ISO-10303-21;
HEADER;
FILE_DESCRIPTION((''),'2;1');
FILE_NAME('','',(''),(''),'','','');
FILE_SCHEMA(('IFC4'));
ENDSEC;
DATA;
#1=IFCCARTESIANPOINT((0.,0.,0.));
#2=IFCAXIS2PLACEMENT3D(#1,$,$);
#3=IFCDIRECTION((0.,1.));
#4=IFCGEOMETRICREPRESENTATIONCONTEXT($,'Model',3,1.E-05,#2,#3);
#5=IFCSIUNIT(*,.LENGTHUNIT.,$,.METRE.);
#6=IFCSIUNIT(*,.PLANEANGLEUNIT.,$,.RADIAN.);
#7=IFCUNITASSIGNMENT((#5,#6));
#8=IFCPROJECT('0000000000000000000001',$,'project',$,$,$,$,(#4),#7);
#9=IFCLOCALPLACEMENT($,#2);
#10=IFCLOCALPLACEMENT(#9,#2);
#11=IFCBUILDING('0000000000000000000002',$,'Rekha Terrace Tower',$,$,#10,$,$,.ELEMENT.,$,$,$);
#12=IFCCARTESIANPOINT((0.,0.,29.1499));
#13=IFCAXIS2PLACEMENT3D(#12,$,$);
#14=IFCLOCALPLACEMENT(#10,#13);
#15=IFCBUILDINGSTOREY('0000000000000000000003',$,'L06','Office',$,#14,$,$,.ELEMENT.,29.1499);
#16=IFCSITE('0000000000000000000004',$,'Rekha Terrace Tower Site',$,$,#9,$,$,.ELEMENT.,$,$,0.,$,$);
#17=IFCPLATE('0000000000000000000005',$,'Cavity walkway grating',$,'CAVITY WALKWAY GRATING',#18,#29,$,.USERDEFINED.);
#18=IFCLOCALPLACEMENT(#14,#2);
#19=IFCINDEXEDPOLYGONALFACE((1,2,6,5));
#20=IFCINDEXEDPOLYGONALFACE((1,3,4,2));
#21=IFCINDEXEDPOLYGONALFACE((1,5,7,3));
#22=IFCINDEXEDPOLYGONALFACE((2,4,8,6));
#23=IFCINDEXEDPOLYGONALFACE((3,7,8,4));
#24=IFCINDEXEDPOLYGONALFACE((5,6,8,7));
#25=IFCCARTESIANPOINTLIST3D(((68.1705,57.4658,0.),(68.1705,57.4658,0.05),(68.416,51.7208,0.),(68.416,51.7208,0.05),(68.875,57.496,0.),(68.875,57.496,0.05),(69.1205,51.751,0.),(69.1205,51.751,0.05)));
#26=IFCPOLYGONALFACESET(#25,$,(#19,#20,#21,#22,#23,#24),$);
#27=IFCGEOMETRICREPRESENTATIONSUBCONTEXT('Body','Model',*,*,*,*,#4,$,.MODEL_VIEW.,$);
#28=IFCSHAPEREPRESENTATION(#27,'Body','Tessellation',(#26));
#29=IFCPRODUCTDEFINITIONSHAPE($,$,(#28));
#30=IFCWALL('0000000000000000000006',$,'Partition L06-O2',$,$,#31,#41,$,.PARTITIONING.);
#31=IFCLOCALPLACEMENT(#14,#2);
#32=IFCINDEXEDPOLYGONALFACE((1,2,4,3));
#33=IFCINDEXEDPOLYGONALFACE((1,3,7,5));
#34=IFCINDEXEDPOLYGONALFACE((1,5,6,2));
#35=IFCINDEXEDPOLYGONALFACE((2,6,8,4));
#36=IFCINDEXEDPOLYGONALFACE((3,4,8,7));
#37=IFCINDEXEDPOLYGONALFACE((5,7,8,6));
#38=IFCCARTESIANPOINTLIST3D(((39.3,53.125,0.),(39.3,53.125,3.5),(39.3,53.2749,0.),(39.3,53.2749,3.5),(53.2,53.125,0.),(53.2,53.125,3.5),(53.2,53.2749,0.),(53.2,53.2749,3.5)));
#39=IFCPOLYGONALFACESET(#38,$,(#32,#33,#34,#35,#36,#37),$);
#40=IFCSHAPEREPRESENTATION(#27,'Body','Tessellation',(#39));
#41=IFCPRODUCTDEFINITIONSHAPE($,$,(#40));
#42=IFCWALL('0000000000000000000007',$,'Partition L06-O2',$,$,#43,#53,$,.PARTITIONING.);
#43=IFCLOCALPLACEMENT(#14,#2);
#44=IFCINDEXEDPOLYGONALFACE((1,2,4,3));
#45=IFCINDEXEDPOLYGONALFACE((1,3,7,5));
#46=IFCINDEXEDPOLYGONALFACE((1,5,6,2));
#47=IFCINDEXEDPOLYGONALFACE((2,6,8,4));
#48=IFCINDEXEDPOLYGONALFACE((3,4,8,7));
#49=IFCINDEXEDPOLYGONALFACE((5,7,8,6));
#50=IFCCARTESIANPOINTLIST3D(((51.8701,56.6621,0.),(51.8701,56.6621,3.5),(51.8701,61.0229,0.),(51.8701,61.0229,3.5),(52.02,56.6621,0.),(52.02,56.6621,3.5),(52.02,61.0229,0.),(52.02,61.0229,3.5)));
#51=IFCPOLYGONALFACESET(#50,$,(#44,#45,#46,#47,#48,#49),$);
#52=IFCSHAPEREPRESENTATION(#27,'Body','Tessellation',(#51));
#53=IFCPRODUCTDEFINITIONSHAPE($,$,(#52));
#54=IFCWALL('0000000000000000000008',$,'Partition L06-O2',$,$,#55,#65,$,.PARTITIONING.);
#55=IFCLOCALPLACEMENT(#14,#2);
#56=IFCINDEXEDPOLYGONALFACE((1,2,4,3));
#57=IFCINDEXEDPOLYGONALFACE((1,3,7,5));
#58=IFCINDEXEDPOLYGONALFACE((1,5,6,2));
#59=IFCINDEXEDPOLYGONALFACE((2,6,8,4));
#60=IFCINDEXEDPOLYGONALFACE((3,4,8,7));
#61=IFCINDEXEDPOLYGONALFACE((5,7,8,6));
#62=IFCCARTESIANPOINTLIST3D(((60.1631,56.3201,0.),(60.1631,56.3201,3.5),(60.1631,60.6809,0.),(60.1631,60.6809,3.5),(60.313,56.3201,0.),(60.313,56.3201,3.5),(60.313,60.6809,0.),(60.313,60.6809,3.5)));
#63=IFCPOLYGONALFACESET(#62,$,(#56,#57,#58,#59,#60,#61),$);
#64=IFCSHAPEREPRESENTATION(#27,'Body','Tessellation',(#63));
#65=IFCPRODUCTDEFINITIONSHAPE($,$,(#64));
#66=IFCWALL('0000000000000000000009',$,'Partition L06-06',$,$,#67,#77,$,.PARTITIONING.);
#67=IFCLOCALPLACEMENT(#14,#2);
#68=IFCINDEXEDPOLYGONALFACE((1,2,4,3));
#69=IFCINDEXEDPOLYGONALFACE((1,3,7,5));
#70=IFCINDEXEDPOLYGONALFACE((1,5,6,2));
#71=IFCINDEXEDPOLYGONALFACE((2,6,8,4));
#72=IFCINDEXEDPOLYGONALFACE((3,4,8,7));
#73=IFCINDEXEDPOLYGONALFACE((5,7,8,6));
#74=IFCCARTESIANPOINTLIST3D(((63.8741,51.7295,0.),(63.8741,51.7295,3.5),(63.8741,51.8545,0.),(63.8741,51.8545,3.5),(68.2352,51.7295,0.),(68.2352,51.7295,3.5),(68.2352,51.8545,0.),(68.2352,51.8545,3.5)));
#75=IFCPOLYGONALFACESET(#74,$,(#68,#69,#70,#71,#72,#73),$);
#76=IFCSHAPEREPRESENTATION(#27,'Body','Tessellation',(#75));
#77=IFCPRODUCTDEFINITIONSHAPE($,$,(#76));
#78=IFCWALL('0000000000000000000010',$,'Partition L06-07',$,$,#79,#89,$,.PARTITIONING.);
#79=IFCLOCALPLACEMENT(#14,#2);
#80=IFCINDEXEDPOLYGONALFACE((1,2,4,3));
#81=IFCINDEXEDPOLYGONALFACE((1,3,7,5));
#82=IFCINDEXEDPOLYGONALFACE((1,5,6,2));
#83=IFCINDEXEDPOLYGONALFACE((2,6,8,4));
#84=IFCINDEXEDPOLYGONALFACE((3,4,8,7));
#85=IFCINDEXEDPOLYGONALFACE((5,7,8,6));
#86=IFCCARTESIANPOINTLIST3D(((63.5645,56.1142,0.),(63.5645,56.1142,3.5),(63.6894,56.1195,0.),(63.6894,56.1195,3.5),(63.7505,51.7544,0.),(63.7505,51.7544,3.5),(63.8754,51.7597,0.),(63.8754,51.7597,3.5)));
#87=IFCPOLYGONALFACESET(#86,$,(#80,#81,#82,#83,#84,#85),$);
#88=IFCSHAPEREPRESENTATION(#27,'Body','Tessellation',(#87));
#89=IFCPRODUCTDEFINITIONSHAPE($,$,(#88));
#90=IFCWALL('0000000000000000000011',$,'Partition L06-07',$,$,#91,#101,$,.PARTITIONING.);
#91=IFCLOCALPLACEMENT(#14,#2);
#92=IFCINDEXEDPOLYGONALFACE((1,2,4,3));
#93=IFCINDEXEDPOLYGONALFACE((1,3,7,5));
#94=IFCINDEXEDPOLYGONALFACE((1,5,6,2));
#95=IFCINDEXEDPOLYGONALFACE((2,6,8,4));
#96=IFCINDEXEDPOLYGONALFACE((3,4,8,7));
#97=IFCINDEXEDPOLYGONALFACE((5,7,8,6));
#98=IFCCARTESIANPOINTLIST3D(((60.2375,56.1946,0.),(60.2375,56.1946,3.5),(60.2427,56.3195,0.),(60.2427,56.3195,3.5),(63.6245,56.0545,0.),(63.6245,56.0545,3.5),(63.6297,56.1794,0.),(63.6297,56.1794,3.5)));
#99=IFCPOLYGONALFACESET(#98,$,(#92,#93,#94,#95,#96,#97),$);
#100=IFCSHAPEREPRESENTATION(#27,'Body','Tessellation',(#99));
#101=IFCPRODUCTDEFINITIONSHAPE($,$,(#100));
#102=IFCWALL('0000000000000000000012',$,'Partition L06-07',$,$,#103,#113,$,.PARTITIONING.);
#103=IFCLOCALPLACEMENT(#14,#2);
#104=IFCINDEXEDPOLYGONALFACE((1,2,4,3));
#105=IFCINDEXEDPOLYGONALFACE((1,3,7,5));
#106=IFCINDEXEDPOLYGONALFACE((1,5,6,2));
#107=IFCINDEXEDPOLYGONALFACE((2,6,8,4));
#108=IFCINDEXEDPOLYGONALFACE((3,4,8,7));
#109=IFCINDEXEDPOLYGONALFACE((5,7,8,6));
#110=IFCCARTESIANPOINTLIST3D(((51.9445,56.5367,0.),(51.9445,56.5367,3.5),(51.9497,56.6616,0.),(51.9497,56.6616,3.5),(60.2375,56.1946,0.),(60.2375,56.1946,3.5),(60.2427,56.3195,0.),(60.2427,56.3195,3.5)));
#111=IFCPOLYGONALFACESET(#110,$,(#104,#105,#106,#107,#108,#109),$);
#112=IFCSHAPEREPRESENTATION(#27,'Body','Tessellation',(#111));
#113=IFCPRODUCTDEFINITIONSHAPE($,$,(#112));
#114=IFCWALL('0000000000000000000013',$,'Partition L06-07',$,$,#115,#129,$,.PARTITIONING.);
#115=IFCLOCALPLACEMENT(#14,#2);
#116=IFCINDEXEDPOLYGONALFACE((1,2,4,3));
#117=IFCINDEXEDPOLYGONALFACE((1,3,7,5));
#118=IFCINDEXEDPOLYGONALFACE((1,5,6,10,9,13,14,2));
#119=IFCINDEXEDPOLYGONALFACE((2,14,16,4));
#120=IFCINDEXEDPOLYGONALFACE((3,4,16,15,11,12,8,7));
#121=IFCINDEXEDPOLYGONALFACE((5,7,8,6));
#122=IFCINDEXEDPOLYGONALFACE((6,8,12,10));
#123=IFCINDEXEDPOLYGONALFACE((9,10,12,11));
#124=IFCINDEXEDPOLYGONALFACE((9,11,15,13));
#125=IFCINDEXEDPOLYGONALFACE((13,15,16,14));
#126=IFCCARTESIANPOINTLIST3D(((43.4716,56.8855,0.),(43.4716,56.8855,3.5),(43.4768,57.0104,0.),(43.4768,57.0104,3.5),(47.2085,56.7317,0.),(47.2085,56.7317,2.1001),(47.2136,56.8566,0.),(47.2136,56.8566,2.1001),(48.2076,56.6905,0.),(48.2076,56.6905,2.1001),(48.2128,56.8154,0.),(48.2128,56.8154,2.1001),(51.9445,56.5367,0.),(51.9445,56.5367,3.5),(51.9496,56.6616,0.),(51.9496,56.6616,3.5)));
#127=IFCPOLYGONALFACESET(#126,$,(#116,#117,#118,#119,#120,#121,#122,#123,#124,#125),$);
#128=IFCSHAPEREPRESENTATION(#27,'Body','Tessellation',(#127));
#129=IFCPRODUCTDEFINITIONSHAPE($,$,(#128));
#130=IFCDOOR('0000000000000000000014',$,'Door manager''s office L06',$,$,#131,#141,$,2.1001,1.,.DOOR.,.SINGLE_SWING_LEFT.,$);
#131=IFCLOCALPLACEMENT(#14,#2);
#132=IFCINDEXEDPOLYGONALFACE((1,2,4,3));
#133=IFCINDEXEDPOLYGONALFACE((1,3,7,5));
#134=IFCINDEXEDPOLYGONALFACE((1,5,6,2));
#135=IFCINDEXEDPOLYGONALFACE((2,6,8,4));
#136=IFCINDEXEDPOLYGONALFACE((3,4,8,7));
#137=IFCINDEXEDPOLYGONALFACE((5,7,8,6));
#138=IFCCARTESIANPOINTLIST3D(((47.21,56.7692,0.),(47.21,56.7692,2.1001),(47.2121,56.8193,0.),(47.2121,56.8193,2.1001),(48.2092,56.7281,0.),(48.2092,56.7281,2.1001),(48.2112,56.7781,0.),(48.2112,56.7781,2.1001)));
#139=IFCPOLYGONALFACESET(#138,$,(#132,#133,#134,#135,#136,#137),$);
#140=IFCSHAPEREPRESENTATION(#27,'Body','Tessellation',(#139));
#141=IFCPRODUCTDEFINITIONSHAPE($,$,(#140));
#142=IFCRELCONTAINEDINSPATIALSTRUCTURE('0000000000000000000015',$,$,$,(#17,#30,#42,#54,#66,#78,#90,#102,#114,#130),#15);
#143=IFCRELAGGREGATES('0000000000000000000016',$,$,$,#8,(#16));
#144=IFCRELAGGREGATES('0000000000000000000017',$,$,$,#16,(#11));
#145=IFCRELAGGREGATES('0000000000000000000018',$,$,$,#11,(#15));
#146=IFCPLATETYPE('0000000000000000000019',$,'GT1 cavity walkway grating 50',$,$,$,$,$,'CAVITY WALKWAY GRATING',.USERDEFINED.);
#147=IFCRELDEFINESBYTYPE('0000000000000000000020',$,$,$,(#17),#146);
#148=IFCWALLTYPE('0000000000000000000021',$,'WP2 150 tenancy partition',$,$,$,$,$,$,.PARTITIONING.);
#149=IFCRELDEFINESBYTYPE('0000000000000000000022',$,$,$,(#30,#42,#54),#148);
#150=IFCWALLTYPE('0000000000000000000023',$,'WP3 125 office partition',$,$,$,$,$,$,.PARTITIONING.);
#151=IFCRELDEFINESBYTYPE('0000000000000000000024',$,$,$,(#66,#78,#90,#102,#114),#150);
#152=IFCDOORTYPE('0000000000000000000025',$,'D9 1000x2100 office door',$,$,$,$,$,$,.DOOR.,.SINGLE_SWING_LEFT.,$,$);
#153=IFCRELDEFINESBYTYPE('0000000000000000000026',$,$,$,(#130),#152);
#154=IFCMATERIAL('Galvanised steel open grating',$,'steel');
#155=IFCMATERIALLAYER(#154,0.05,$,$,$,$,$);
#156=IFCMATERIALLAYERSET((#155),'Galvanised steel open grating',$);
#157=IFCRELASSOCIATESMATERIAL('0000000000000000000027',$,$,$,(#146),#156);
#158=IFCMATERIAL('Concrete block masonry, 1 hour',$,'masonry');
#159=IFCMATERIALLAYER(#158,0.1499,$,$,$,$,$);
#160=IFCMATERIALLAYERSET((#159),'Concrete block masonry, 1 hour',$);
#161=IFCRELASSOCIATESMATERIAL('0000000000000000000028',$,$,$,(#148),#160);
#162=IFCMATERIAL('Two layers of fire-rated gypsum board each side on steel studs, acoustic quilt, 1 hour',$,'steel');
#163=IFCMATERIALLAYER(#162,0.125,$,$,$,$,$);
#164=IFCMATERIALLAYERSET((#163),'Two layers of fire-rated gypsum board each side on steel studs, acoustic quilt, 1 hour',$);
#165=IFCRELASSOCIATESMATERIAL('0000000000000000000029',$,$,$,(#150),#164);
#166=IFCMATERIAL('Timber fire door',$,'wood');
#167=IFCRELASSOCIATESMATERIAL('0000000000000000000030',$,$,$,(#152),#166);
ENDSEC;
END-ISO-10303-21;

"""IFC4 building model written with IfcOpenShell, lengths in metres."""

from ifc_helpers import new_model, si_unit, direction, frame, frame_2d, origin, origin_2d, place, context, subcontext, project, spatial, rectangle, extrude, material, layer, layer_set, type_object, element, fill, save


model = new_model("IFC4")

# Units and contexts
model_context = context("Model", 3, precision=1e-05, world=origin(), true_north=direction((0.0, 1.0)))
body_context = subcontext(model_context, "Body", "Model", "MODEL_VIEW")
ifc_project = project(units=[si_unit("LENGTHUNIT", "METRE"), si_unit("PLANEANGLEUNIT", "RADIAN")], contexts=[model_context])

# Site, building, storey
site_placement = place(None, origin())
site = spatial("IfcSite", under=ifc_project, at=site_placement, Name="Rekha Terrace Tower Site", CompositionType="ELEMENT", RefElevation=0.0)
building_placement = place(site_placement, origin())
building = spatial("IfcBuilding", under=site, at=building_placement, Name="Rekha Terrace Tower", CompositionType="ELEMENT")
storey_placement = place(building_placement, frame((0.0, 0.0, 29.1499)))
storey = spatial("IfcBuildingStorey", under=building, at=storey_placement, Name="L06", Description="Office", CompositionType="ELEMENT", Elevation=29.1499)

# Plate
ifc_material_1 = material(Name="Galvanised steel open grating", Category="steel")
ifc_layer_1 = layer(ifc_material_1, 0.05)
ifc_layer_set_1 = layer_set([ifc_layer_1], Name="Galvanised steel open grating")
plate_type_1 = type_object("IfcPlateType", Name="GT1 cavity walkway grating 50", ElementType="CAVITY WALKWAY GRATING", PredefinedType="USERDEFINED", material=ifc_layer_set_1)
plate_1_placement = place(storey_placement, frame((68.6455, 54.6084, 0.0), z_axis=(0.0, 0.0, 1.0), x_axis=(-0.042696, 0.999088, 0.0)))
element("IfcPlate", 1, at=plate_1_placement, inside=storey, type_object=plate_type_1, Name="Cavity walkway grating", ObjectType="CAVITY WALKWAY GRATING", PredefinedType="USERDEFINED", context=body_context, shape_type="SweptSolid", body=[
    extrude(rectangle(XDim=5.7502, YDim=0.7051, at=origin_2d()), origin(), (0.0, 0.0, 1.0), 0.05),
])

# Walls
ifc_material_2 = material(Name="Concrete block masonry, 1 hour", Category="masonry")
ifc_layer_2 = layer(ifc_material_2, 0.1499)
ifc_layer_set_2 = layer_set([ifc_layer_2], Name="Concrete block masonry, 1 hour")
wall_type_1 = type_object("IfcWallType", Name="WP2 150 tenancy partition", PredefinedType="PARTITIONING", material=ifc_layer_set_2)
wall_1_placement = place(storey_placement, frame((53.2, 53.2, 0.0), z_axis=(0.0, 0.0, 1.0), x_axis=(-1.0, 0.0, 0.0)))
element("IfcWall", 2, at=wall_1_placement, inside=storey, type_object=wall_type_1, Name="Partition L06-O2", PredefinedType="PARTITIONING", context=body_context, shape_type="SweptSolid", body=[
    extrude(rectangle(XDim=13.8999, YDim=0.1499, at=frame_2d((6.95, 0.0))), origin(), (0.0, 0.0, 1.0), 3.5),
])
for number, where, z_axis, x_axis, name in (
    (3, (51.9451, 56.6621, 0.0), (0.0, 0.0, 1.0), (0.0, 1.0, 0.0), "Partition L06-O2"),
    (4, (60.238, 56.3201, 0.0), (0.0, 0.0, 1.0), (0.0, 1.0, 0.0), "Partition L06-O2"),
):
    element("IfcWall", number, at=place(storey_placement, frame(where, z_axis=z_axis, x_axis=x_axis)), inside=storey, type_object=wall_type_1, Name=name, PredefinedType="PARTITIONING", context=body_context, shape_type="SweptSolid", body=[
        extrude(rectangle(XDim=4.3608, YDim=0.1499, at=frame_2d((2.1804, 0.0))), origin(), (0.0, 0.0, 1.0), 3.5),
    ])
ifc_material_3 = material(Name="Two layers of fire-rated gypsum board each side on steel studs, acoustic quilt, 1 hour", Category="steel")
ifc_layer_3 = layer(ifc_material_3, 0.125)
ifc_layer_set_3 = layer_set([ifc_layer_3], Name="Two layers of fire-rated gypsum board each side on steel studs, acoustic quilt, 1 hour")
wall_type_2 = type_object("IfcWallType", Name="WP3 125 office partition", PredefinedType="PARTITIONING", material=ifc_layer_set_3)
wall_2_placement = place(storey_placement, frame((63.874, 51.792, 0.0), z_axis=(0.0, 0.0, 1.0), x_axis=(1.0, 0.0, 0.0)))
element("IfcWall", 5, at=wall_2_placement, inside=storey, type_object=wall_type_2, Name="Partition L06-06", PredefinedType="PARTITIONING", context=body_context, shape_type="SweptSolid", body=[
    extrude(rectangle(XDim=4.3611, YDim=0.125, at=frame_2d((2.1807, 0.0))), origin(), (0.0, 0.0, 1.0), 3.5),
])
wall_3_placement = place(storey_placement, frame((63.813, 51.7571, 0.0), z_axis=(0.0, 0.0, 1.0), x_axis=(-0.042631, 0.999091, 0.0)))
element("IfcWall", 6, at=wall_3_placement, inside=storey, type_object=wall_type_2, Name="Partition L06-07", PredefinedType="PARTITIONING", context=body_context, shape_type="SweptSolid", body=[
    extrude(rectangle(XDim=4.3638, YDim=0.125, at=frame_2d((2.1819, 0.0))), origin(), (0.0, 0.0, 1.0), 3.5),
])
wall_4_placement = place(storey_placement, frame((63.627, 56.1169, 0.0), z_axis=(0.0, 0.0, 1.0), x_axis=(-0.999145, 0.04134, 0.0)))
element("IfcWall", 7, at=wall_4_placement, inside=storey, type_object=wall_type_2, Name="Partition L06-07", PredefinedType="PARTITIONING", context=body_context, shape_type="SweptSolid", body=[
    extrude(rectangle(XDim=3.3899, YDim=0.125, at=frame_2d((1.6948, 0.0))), origin(), (0.0, 0.0, 1.0), 3.5),
])
wall_5_placement = place(storey_placement, frame((60.24, 56.2571, 0.0), z_axis=(0.0, 0.0, 1.0), x_axis=(-0.999151, 0.04121, 0.0)))
element("IfcWall", 8, at=wall_5_placement, inside=storey, type_object=wall_type_2, Name="Partition L06-07", PredefinedType="PARTITIONING", context=body_context, shape_type="SweptSolid", body=[
    extrude(rectangle(XDim=8.3, YDim=0.125, at=frame_2d((4.1499, 0.0))), origin(), (0.0, 0.0, 1.0), 3.5),
])

# Wall, opening, door
wall_6_placement = place(storey_placement, frame((51.947, 56.5991, 0.0), z_axis=(0.0, 0.0, 1.0), x_axis=(-0.999153, 0.041141, 0.0)))
wall_6 = element("IfcWall", 9, at=wall_6_placement, inside=storey, type_object=wall_type_2, Name="Partition L06-07", PredefinedType="PARTITIONING", context=body_context, shape_type="SweptSolid", body=[
    extrude(rectangle(XDim=8.48, YDim=0.125, at=frame_2d((4.24, 0.0))), origin(), (0.0, 0.0, 1.0), 3.5),
])
opening_placement = place(wall_6_placement, frame((3.74, 0.0, 0.0)))
opening = element("IfcOpeningElement", 10, at=opening_placement, cuts=wall_6, PredefinedType="OPENING", context=body_context, shape_type="SweptSolid", body=[
    extrude(rectangle(XDim=1.0, YDim=2.1001, at=frame_2d((0.5, 1.05))), frame((0.0, 0.0725, 0.0), z_axis=(0.0, -1.0, 0.0), x_axis=(1.0, 0.0, 0.0)), (0.0, 0.0, 1.0), 0.145),
])
ifc_material_4 = material(Name="Timber fire door", Category="wood")
door_type = type_object("IfcDoorType", Name="D9 1000x2100 office door", OperationType="SINGLE_SWING_LEFT", PredefinedType="DOOR", material=ifc_material_4)
door_placement = place(opening_placement, origin())
door = element("IfcDoor", 11, at=door_placement, inside=storey, type_object=door_type, Name="Door manager's office L06", OperationType="SINGLE_SWING_LEFT", OverallHeight=2.1001, OverallWidth=1.0, PredefinedType="DOOR", context=body_context, shape_type="SweptSolid", body=[
    extrude(rectangle(XDim=1.0, YDim=2.1001, at=frame_2d((0.5, 1.05))), frame((0.0, 0.0249, 0.0), z_axis=(0.0, -1.0, 0.0), x_axis=(1.0, 0.0, 0.0)), (0.0, 0.0, 1.0), 0.05),
])
fill(opening, door)

save(model, "model.ifc")
